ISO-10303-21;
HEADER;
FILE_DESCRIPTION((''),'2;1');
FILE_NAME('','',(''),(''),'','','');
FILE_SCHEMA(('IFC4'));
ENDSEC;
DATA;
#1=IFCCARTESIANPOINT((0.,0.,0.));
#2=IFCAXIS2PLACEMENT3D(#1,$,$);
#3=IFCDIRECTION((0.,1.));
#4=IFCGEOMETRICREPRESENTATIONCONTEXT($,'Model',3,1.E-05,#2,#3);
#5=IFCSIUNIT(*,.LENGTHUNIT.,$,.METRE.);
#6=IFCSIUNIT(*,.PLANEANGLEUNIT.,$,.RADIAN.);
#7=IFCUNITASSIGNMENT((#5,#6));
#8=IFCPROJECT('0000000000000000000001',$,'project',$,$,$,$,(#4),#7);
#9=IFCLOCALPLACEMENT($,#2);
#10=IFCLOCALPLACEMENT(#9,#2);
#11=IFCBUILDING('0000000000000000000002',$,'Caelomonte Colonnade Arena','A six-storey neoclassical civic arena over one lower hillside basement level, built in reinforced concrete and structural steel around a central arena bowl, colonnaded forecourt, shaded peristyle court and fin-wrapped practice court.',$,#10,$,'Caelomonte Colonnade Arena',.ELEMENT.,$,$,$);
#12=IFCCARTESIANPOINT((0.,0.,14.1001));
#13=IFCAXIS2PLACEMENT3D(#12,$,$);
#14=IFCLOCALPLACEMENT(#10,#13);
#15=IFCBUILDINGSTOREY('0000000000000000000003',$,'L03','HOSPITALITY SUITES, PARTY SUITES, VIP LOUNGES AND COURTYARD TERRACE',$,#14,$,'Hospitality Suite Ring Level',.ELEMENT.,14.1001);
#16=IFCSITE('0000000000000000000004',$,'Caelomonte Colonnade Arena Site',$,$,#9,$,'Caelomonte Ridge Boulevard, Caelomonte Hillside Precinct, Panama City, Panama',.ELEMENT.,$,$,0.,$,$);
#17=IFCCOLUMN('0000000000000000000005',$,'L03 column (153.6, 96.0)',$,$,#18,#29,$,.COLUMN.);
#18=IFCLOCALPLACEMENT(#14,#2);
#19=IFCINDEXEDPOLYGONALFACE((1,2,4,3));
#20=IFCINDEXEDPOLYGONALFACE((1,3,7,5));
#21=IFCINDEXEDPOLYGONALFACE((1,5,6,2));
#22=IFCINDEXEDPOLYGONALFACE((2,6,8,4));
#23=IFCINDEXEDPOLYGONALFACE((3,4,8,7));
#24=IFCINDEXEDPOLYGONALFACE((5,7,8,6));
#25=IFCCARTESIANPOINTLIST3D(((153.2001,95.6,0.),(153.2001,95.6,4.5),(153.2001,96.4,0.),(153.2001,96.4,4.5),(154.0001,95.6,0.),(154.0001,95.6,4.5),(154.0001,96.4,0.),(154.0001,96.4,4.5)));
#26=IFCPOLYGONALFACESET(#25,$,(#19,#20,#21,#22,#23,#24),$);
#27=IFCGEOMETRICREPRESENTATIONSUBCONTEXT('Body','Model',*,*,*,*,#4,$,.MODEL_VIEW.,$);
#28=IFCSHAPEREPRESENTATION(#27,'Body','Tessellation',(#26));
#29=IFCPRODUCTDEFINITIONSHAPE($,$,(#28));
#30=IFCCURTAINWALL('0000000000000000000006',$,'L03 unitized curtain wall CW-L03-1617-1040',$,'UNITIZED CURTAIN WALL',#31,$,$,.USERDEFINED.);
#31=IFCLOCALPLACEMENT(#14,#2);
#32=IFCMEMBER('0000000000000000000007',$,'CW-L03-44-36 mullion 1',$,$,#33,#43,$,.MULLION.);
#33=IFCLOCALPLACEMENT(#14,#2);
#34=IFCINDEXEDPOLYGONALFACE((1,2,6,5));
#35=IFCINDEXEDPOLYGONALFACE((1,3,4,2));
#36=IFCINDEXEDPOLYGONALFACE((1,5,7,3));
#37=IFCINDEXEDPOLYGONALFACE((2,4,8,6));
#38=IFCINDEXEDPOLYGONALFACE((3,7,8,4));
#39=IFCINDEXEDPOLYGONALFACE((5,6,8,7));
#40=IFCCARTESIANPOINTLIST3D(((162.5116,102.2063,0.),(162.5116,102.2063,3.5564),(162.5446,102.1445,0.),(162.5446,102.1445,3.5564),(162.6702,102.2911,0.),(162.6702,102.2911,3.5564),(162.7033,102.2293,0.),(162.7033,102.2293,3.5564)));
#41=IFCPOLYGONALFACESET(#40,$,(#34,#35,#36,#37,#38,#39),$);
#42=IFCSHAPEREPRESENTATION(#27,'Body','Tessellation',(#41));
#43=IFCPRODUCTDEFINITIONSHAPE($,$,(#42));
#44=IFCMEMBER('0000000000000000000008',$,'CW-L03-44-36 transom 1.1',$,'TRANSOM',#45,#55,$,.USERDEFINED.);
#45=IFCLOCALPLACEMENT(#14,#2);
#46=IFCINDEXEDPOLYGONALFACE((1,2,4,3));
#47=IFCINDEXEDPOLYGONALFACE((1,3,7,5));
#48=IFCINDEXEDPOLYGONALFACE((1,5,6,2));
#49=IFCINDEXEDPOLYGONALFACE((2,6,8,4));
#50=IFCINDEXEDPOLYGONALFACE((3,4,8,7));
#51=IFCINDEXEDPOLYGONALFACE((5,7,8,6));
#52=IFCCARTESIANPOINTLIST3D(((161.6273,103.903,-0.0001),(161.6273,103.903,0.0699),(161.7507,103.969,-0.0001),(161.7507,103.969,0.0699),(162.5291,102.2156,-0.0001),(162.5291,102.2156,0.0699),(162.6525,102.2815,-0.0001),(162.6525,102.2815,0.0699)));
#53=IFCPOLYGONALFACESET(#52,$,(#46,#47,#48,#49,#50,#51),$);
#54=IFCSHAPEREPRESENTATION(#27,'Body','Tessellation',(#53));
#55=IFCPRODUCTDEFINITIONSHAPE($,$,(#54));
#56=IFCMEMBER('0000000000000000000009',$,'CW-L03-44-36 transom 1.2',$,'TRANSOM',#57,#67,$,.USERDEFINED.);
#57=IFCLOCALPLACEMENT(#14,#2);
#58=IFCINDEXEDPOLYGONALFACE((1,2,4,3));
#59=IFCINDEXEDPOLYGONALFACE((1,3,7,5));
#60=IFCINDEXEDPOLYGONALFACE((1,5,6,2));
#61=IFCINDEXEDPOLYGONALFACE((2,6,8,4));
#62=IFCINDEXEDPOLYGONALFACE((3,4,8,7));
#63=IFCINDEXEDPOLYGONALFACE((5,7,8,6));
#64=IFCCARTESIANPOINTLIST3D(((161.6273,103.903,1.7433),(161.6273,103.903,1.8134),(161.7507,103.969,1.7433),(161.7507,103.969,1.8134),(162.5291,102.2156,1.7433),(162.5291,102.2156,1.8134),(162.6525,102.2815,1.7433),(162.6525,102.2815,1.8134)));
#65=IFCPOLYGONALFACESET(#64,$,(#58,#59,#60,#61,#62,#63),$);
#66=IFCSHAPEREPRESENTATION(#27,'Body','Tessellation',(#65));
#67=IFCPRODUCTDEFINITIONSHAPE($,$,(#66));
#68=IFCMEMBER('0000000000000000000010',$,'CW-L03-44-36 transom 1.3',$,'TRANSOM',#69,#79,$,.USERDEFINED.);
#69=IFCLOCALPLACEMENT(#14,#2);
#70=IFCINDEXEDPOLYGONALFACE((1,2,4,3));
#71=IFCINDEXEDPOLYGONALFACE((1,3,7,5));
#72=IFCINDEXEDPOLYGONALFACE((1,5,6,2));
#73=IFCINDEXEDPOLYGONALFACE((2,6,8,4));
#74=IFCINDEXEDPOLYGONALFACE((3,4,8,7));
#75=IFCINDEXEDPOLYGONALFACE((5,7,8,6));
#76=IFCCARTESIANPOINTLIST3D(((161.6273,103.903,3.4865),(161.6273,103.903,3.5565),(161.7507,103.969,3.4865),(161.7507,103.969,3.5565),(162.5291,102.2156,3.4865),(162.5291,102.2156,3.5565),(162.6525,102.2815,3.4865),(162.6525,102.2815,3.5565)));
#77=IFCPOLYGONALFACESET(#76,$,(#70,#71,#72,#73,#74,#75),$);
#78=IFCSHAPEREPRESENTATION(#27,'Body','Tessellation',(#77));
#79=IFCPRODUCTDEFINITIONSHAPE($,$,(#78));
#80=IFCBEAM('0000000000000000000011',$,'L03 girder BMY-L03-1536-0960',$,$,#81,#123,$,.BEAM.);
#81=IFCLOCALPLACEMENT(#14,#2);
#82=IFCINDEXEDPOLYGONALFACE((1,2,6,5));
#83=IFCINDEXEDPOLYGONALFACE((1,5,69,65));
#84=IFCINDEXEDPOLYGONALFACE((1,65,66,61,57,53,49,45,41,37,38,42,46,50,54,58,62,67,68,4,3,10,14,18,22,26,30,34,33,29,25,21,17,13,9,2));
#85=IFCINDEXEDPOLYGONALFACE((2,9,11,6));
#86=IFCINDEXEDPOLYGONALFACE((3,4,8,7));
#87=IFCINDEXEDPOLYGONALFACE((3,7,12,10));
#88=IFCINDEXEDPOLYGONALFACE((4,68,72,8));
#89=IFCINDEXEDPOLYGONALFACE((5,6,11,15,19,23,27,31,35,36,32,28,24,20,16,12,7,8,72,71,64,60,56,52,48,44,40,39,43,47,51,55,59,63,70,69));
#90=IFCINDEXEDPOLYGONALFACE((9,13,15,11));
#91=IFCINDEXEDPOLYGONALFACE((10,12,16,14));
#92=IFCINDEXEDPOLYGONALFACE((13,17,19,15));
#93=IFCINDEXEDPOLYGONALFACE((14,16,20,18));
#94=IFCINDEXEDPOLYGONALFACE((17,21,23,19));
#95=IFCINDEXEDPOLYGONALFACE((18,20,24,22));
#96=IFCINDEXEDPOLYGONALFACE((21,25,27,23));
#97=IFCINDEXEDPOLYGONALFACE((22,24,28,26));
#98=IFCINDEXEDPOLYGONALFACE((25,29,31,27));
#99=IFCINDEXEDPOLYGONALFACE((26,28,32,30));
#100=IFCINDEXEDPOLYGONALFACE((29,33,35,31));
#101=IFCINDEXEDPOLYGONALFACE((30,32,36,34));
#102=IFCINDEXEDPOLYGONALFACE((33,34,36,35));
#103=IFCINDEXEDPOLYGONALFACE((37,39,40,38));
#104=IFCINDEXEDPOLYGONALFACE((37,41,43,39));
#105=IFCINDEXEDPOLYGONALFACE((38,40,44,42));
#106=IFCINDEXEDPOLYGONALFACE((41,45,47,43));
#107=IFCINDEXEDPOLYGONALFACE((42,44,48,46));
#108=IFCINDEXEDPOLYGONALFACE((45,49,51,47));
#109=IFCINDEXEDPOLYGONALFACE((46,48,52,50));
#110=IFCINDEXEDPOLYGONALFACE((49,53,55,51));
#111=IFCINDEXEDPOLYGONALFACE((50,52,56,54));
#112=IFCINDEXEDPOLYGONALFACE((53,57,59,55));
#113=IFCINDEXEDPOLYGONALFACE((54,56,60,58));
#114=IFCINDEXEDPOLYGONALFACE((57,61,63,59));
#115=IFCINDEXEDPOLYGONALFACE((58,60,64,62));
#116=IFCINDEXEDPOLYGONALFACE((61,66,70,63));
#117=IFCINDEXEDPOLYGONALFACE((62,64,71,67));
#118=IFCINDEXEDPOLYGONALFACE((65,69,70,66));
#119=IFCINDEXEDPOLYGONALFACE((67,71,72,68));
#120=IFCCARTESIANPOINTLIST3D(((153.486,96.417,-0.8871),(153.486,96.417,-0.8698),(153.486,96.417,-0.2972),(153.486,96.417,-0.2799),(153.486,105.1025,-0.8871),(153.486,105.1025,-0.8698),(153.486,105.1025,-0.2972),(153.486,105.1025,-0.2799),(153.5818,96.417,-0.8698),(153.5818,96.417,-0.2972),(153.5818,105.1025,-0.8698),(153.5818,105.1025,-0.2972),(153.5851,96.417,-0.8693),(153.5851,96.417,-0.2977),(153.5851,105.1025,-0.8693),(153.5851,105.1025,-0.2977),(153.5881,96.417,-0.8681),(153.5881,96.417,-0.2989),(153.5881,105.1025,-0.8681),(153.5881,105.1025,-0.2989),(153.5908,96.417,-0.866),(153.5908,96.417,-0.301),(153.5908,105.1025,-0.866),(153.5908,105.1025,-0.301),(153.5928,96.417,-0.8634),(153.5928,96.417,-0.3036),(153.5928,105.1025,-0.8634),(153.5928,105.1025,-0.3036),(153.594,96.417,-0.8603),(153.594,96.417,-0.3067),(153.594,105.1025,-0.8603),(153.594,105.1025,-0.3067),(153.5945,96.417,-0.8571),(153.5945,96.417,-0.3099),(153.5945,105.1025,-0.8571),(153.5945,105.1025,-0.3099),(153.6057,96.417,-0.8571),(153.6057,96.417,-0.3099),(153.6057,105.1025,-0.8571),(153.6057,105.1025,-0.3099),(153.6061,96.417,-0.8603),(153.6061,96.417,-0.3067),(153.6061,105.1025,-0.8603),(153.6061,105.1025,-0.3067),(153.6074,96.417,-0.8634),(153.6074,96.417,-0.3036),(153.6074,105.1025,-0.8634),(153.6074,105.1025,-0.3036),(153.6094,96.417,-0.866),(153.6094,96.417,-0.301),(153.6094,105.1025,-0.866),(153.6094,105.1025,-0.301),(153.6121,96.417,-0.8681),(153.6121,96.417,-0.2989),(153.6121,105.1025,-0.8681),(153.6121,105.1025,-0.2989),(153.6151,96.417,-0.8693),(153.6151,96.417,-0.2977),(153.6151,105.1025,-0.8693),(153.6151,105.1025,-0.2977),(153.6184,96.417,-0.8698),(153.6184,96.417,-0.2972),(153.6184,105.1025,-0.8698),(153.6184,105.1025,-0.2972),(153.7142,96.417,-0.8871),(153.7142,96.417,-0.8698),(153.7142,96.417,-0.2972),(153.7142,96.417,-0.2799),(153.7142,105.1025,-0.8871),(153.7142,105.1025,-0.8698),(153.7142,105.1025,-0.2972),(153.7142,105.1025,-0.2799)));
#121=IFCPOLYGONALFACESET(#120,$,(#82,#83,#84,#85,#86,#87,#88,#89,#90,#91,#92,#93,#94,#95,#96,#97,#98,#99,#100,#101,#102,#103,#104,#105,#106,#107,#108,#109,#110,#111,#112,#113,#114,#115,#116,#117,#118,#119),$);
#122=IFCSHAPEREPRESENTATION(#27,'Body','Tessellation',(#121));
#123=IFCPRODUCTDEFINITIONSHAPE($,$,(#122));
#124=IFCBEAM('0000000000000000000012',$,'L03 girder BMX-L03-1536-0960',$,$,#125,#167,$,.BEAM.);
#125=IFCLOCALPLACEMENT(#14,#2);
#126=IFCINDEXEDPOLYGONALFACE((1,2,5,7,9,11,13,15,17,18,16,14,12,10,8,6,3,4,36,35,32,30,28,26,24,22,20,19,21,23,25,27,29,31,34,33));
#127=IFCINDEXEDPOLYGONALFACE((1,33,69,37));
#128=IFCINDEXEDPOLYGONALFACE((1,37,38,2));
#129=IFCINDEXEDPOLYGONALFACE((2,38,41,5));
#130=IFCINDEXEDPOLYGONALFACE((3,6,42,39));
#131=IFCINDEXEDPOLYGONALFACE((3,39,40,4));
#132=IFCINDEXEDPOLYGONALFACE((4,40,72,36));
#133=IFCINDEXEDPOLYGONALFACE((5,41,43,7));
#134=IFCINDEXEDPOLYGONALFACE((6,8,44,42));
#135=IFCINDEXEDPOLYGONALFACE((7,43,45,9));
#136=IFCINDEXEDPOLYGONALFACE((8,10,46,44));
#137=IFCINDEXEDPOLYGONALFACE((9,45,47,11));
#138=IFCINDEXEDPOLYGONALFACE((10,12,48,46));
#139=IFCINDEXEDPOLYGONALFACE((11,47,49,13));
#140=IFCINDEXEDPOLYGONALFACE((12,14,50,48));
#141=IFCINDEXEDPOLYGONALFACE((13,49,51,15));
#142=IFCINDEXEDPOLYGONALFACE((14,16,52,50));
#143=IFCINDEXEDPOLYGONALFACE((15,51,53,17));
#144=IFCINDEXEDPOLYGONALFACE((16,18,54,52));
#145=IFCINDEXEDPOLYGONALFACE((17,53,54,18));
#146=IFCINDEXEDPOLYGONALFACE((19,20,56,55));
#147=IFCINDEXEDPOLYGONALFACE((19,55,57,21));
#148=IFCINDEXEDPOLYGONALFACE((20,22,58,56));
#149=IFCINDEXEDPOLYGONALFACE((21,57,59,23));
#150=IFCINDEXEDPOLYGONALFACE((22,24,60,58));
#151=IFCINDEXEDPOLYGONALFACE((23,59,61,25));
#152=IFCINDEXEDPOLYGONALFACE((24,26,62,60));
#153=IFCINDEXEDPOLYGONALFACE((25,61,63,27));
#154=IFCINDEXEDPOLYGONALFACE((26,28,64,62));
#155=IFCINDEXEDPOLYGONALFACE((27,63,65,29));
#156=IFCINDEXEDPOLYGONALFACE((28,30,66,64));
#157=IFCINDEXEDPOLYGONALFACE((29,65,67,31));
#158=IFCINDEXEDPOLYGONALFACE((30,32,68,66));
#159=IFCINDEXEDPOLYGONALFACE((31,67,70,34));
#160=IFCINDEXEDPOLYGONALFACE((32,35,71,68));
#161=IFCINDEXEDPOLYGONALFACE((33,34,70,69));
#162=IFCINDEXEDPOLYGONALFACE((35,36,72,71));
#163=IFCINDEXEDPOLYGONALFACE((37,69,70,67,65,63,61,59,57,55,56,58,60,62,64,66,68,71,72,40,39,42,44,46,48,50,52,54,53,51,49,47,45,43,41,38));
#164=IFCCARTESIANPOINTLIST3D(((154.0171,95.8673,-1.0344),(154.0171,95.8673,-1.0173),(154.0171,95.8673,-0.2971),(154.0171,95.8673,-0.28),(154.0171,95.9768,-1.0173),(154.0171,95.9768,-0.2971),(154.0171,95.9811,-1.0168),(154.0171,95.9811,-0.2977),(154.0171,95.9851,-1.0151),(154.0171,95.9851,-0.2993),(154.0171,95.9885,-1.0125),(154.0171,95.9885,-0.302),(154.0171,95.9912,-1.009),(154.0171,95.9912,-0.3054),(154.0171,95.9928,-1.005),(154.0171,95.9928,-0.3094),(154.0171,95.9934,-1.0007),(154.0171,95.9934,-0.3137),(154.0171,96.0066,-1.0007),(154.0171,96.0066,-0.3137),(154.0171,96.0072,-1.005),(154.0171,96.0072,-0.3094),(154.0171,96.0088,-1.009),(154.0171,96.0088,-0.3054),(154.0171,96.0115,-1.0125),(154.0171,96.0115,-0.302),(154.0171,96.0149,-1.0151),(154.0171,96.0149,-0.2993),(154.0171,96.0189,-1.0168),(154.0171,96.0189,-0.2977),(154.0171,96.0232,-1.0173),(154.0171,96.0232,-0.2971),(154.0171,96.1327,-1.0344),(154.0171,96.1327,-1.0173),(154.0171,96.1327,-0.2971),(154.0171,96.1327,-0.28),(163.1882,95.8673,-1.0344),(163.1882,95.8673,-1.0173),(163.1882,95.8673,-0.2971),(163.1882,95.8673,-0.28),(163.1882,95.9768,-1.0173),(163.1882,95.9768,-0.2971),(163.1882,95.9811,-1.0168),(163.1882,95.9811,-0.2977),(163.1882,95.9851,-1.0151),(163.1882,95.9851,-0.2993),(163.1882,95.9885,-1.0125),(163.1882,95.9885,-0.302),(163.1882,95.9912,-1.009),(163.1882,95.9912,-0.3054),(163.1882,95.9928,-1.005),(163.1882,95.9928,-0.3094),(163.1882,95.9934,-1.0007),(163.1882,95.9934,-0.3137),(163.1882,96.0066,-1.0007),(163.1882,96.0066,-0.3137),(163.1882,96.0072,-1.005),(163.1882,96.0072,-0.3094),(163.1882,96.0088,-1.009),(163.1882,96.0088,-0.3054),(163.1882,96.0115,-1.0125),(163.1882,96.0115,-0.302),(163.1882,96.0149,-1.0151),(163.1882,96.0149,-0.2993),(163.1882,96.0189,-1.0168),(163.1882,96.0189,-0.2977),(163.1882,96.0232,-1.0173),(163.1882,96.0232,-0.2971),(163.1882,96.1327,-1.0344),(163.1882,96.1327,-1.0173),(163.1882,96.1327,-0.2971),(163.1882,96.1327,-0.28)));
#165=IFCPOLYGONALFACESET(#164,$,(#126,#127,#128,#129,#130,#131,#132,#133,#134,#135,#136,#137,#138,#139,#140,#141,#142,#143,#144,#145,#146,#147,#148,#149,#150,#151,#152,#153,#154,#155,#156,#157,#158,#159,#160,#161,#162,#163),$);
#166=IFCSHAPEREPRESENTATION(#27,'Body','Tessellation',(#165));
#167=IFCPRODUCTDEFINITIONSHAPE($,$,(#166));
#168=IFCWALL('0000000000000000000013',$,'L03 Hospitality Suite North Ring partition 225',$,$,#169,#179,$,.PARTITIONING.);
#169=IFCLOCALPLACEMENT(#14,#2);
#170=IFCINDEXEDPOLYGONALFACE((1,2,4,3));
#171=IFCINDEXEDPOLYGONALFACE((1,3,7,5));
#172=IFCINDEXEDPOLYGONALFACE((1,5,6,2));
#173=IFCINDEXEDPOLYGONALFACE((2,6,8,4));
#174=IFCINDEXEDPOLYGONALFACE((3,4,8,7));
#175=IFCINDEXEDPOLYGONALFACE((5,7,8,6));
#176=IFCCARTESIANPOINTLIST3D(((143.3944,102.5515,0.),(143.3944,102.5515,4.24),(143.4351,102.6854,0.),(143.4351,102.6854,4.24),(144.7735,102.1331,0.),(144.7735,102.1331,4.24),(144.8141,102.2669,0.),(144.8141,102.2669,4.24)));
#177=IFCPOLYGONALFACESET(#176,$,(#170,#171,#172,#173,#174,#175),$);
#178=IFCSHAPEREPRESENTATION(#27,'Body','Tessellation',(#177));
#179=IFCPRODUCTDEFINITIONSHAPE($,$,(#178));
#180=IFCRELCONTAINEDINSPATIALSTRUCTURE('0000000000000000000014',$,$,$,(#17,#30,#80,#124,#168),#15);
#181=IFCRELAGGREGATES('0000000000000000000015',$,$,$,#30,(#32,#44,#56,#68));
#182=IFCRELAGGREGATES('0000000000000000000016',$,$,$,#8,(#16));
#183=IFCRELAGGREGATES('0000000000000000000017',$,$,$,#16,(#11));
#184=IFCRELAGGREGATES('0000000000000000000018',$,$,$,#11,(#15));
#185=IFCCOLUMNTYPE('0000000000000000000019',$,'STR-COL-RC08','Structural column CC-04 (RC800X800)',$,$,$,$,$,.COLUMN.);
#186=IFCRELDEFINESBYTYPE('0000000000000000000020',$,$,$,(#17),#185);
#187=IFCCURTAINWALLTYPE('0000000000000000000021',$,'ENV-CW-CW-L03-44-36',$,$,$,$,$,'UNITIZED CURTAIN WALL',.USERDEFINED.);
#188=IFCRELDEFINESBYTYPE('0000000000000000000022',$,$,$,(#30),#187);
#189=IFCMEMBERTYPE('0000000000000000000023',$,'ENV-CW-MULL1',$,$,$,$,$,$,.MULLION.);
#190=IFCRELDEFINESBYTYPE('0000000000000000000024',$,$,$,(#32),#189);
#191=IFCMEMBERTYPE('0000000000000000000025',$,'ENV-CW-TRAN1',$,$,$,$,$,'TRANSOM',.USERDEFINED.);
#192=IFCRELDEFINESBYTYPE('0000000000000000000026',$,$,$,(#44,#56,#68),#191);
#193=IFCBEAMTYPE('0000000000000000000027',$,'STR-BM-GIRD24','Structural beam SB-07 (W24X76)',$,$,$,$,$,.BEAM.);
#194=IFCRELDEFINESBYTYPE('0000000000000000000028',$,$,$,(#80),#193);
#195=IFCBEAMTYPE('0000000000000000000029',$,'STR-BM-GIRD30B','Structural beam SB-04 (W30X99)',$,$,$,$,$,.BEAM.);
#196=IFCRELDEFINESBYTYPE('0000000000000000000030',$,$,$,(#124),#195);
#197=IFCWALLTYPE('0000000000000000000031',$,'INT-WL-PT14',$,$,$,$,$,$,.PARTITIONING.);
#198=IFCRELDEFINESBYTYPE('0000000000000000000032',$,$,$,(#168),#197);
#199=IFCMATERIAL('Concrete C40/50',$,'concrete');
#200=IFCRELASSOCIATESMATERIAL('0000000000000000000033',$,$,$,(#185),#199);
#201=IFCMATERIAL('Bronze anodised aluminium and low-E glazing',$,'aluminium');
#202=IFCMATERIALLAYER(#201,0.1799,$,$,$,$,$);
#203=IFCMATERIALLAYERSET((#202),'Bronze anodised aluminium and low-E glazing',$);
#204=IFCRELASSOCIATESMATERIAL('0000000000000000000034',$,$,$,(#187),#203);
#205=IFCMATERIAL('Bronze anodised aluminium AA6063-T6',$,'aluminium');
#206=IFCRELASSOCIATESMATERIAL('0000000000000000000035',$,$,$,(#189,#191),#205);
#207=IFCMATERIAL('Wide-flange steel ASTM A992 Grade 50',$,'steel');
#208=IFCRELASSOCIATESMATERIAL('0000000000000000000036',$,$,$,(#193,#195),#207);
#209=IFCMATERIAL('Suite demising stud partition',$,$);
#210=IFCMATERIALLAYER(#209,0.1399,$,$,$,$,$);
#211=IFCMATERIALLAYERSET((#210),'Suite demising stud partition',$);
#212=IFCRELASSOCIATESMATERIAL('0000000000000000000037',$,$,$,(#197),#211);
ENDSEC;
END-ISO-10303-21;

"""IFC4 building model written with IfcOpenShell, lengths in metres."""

from ifc_helpers import new_model, si_unit, direction, frame, frame_2d, origin, origin_2d, place, context, subcontext, project, spatial, rectangle, i_section, extrude, material, layer, layer_set, material_profile, profile_set, type_object, element, aggregate, save


model = new_model("IFC4")

# Units and contexts
model_context = context("Model", 3, precision=1e-05, world=origin(), true_north=direction((0.0, 1.0)))
body_context = subcontext(model_context, "Body", "Model", "MODEL_VIEW")
ifc_project = project(units=[si_unit("LENGTHUNIT", "METRE"), si_unit("PLANEANGLEUNIT", "RADIAN")], contexts=[model_context])

# Site, building, storey
site_placement = place(None, origin())
site = spatial("IfcSite", under=ifc_project, at=site_placement, Name="Caelomonte Colonnade Arena Site", LongName="Caelomonte Ridge Boulevard, Caelomonte Hillside Precinct, Panama City, Panama", CompositionType="ELEMENT", RefElevation=0.0)
building_placement = place(site_placement, origin())
building = spatial("IfcBuilding", under=site, at=building_placement, Name="Caelomonte Colonnade Arena", Description="A six-storey neoclassical civic arena over one lower hillside basement level, built in reinforced concrete and structural steel around a central arena bowl, colonnaded forecourt, shaded peristyle court and fin-wrapped practice court.", LongName="Caelomonte Colonnade Arena", CompositionType="ELEMENT")
storey_placement = place(building_placement, frame((0.0, 0.0, 14.1001)))
storey = spatial("IfcBuildingStorey", under=building, at=storey_placement, Name="L03", Description="HOSPITALITY SUITES, PARTY SUITES, VIP LOUNGES AND COURTYARD TERRACE", LongName="Hospitality Suite Ring Level", CompositionType="ELEMENT", Elevation=14.1001)

# Column
ifc_material_1 = material(Name="Concrete C40/50", Category="concrete")
ifc_material_profile_1 = material_profile(ifc_material_1, rectangle(XDim=0.8, YDim=0.8, at=origin_2d()), Name="RC800X800")
ifc_profile_set_1 = profile_set([ifc_material_profile_1], Name="Concrete C40/50")
column_type = type_object("IfcColumnType", Name="STR-COL-RC08", Description="Structural column CC-04 (RC800X800)", PredefinedType="COLUMN", material=ifc_profile_set_1)
column_placement = place(storey_placement, frame((153.6001, 96.0, 0.0), z_axis=(0.0, 0.0, 1.0), x_axis=(1.0, 0.0, 0.0)))
element("IfcColumn", 1, at=column_placement, inside=storey, type_object=column_type, Name="L03 column (153.6, 96.0)", PredefinedType="COLUMN", context=body_context, shape_type="SweptSolid", body=[
    extrude(rectangle(XDim=0.8, YDim=0.8, at=origin_2d()), origin(), (0.0, 0.0, 1.0), 4.5),
])

# Curtain wall, members
ifc_material_2 = material(Name="Bronze anodised aluminium and low-E glazing", Category="aluminium")
ifc_layer_1 = layer(ifc_material_2, 0.1799)
ifc_layer_set_1 = layer_set([ifc_layer_1], Name="Bronze anodised aluminium and low-E glazing")
curtain_wall_type = type_object("IfcCurtainWallType", Name="ENV-CW-CW-L03-44-36", ElementType="UNITIZED CURTAIN WALL", PredefinedType="USERDEFINED", material=ifc_layer_set_1)
curtain_wall_placement = place(storey_placement, origin())
curtain_wall = element("IfcCurtainWall", 2, at=curtain_wall_placement, inside=storey, type_object=curtain_wall_type, Name="L03 unitized curtain wall CW-L03-1617-1040", ObjectType="UNITIZED CURTAIN WALL", PredefinedType="USERDEFINED")
ifc_material_3 = material(Name="Bronze anodised aluminium AA6063-T6", Category="aluminium")
ifc_material_profile_2 = material_profile(ifc_material_3, rectangle(XDim=0.0701, YDim=0.1799, at=origin_2d()), Name="CWM-70X180")
ifc_profile_set_2 = profile_set([ifc_material_profile_2], Name="Bronze anodised aluminium AA6063-T6")
member_type_1 = type_object("IfcMemberType", Name="ENV-CW-MULL1", PredefinedType="MULLION", material=ifc_profile_set_2)
member_1_placement = place(storey_placement, frame((162.6074, 102.2178, 0.0), z_axis=(0.0, 0.0, 1.0), x_axis=(-0.471394, 0.881923, 0.0)))
member_1 = element("IfcMember", 3, at=member_1_placement, type_object=member_type_1, Name="CW-L03-44-36 mullion 1", PredefinedType="MULLION", context=body_context, shape_type="SweptSolid", body=[
    extrude(rectangle(XDim=0.0701, YDim=0.1799, at=origin_2d()), origin(), (0.0, 0.0, 1.0), 3.5564),
])
ifc_material_profile_3 = material_profile(ifc_material_3, rectangle(XDim=0.0701, YDim=0.1399, at=origin_2d()), Name="CWT-70X140")
ifc_profile_set_3 = profile_set([ifc_material_profile_3], Name="Bronze anodised aluminium AA6063-T6")
member_type_2 = type_object("IfcMemberType", Name="ENV-CW-TRAN1", ElementType="TRANSOM", PredefinedType="USERDEFINED", material=ifc_profile_set_3)
member_2_placement = place(storey_placement, frame((162.5908, 102.2485, 0.0349), z_axis=(-0.471343, 0.88195, 0.0), x_axis=(0.0, 0.0, 1.0)))
member_2 = element("IfcMember", 4, at=member_2_placement, type_object=member_type_2, Name="CW-L03-44-36 transom 1.1", ObjectType="TRANSOM", PredefinedType="USERDEFINED", context=body_context, shape_type="SweptSolid", body=[
    extrude(rectangle(XDim=0.0701, YDim=0.1399, at=origin_2d()), origin(), (0.0, 0.0, 1.0), 1.9133),
])
member_3_placement = place(storey_placement, frame((162.5908, 102.2485, 1.7783), z_axis=(-0.471343, 0.88195, 0.0), x_axis=(0.0, 0.0, 1.0)))
member_3 = element("IfcMember", 5, at=member_3_placement, type_object=member_type_2, Name="CW-L03-44-36 transom 1.2", ObjectType="TRANSOM", PredefinedType="USERDEFINED", context=body_context, shape_type="SweptSolid", body=[
    extrude(rectangle(XDim=0.0701, YDim=0.1399, at=origin_2d()), origin(), (0.0, 0.0, 1.0), 1.9133),
])
member_4_placement = place(storey_placement, frame((162.5908, 102.2485, 3.5215), z_axis=(-0.471343, 0.88195, 0.0), x_axis=(0.0, 0.0, 1.0)))
member_4 = element("IfcMember", 6, at=member_4_placement, type_object=member_type_2, Name="CW-L03-44-36 transom 1.3", ObjectType="TRANSOM", PredefinedType="USERDEFINED", context=body_context, shape_type="SweptSolid", body=[
    extrude(rectangle(XDim=0.0701, YDim=0.1399, at=origin_2d()), origin(), (0.0, 0.0, 1.0), 1.9133),
])
aggregate(curtain_wall, [member_1, member_2, member_3, member_4])

# Beams
ifc_material_4 = material(Name="Wide-flange steel ASTM A992 Grade 50", Category="steel")
ifc_material_profile_4 = material_profile(ifc_material_4, i_section(OverallWidth=0.2283, OverallDepth=0.6072, WebThickness=0.0112, FlangeThickness=0.0173, FilletRadius=0.0127, at=origin_2d()), Name="W24X76")
ifc_profile_set_4 = profile_set([ifc_material_profile_4], Name="Wide-flange steel ASTM A992 Grade 50")
beam_type_1 = type_object("IfcBeamType", Name="STR-BM-GIRD24", Description="Structural beam SB-07 (W24X76)", PredefinedType="BEAM", material=ifc_profile_set_4)
beam_1_placement = place(storey_placement, frame((153.6001, 96.417, -0.5835), z_axis=(0.0, 1.0, 0.0), x_axis=(-1.0, 0.0, 0.0)))
element("IfcBeam", 7, at=beam_1_placement, inside=storey, type_object=beam_type_1, Name="L03 girder BMY-L03-1536-0960", PredefinedType="BEAM", context=body_context, shape_type="SweptSolid", body=[
    extrude(i_section(OverallWidth=0.2283, OverallDepth=0.6072, WebThickness=0.0112, FlangeThickness=0.0173, FilletRadius=0.0127, at=origin_2d()), origin(), (0.0, 0.0, 1.0), 8.6855),
])
ifc_material_profile_5 = material_profile(ifc_material_4, i_section(OverallWidth=0.2654, OverallDepth=0.7544, WebThickness=0.0132, FlangeThickness=0.0171, FilletRadius=0.0166, at=origin_2d()), Name="W30X99")
ifc_profile_set_5 = profile_set([ifc_material_profile_5], Name="Wide-flange steel ASTM A992 Grade 50")
beam_type_2 = type_object("IfcBeamType", Name="STR-BM-GIRD30B", Description="Structural beam SB-04 (W30X99)", PredefinedType="BEAM", material=ifc_profile_set_5)
beam_2_placement = place(storey_placement, frame((154.0171, 96.0, -0.6572), z_axis=(1.0, 0.0, 0.0), x_axis=(0.0, 1.0, 0.0)))
element("IfcBeam", 8, at=beam_2_placement, inside=storey, type_object=beam_type_2, Name="L03 girder BMX-L03-1536-0960", PredefinedType="BEAM", context=body_context, shape_type="SweptSolid", body=[
    extrude(i_section(OverallWidth=0.2654, OverallDepth=0.7544, WebThickness=0.0132, FlangeThickness=0.0171, FilletRadius=0.0166, at=origin_2d()), origin(), (0.0, 0.0, 1.0), 9.1711),
])

# Wall
ifc_material_5 = material(Name="Suite demising stud partition")
ifc_layer_2 = layer(ifc_material_5, 0.1399)
ifc_layer_set_2 = layer_set([ifc_layer_2], Name="Suite demising stud partition")
wall_type_1 = type_object("IfcWallType", Name="INT-WL-PT14", PredefinedType="PARTITIONING", material=ifc_layer_set_2)
wall_1_placement = place(storey_placement, frame((144.7939, 102.2, 0.0), z_axis=(0.0, 0.0, 1.0), x_axis=(-0.956922, 0.290346, 0.0)))
element("IfcWall", 9, at=wall_1_placement, inside=storey, type_object=wall_type_1, Name="L03 Hospitality Suite North Ring partition 225", PredefinedType="PARTITIONING", context=body_context, shape_type="SweptSolid", body=[
    extrude(rectangle(XDim=1.4412, YDim=0.1399, at=frame_2d((0.7207, 0.0))), origin(), (0.0, 0.0, 1.0), 4.24),
])

save(model, "model.ifc")
